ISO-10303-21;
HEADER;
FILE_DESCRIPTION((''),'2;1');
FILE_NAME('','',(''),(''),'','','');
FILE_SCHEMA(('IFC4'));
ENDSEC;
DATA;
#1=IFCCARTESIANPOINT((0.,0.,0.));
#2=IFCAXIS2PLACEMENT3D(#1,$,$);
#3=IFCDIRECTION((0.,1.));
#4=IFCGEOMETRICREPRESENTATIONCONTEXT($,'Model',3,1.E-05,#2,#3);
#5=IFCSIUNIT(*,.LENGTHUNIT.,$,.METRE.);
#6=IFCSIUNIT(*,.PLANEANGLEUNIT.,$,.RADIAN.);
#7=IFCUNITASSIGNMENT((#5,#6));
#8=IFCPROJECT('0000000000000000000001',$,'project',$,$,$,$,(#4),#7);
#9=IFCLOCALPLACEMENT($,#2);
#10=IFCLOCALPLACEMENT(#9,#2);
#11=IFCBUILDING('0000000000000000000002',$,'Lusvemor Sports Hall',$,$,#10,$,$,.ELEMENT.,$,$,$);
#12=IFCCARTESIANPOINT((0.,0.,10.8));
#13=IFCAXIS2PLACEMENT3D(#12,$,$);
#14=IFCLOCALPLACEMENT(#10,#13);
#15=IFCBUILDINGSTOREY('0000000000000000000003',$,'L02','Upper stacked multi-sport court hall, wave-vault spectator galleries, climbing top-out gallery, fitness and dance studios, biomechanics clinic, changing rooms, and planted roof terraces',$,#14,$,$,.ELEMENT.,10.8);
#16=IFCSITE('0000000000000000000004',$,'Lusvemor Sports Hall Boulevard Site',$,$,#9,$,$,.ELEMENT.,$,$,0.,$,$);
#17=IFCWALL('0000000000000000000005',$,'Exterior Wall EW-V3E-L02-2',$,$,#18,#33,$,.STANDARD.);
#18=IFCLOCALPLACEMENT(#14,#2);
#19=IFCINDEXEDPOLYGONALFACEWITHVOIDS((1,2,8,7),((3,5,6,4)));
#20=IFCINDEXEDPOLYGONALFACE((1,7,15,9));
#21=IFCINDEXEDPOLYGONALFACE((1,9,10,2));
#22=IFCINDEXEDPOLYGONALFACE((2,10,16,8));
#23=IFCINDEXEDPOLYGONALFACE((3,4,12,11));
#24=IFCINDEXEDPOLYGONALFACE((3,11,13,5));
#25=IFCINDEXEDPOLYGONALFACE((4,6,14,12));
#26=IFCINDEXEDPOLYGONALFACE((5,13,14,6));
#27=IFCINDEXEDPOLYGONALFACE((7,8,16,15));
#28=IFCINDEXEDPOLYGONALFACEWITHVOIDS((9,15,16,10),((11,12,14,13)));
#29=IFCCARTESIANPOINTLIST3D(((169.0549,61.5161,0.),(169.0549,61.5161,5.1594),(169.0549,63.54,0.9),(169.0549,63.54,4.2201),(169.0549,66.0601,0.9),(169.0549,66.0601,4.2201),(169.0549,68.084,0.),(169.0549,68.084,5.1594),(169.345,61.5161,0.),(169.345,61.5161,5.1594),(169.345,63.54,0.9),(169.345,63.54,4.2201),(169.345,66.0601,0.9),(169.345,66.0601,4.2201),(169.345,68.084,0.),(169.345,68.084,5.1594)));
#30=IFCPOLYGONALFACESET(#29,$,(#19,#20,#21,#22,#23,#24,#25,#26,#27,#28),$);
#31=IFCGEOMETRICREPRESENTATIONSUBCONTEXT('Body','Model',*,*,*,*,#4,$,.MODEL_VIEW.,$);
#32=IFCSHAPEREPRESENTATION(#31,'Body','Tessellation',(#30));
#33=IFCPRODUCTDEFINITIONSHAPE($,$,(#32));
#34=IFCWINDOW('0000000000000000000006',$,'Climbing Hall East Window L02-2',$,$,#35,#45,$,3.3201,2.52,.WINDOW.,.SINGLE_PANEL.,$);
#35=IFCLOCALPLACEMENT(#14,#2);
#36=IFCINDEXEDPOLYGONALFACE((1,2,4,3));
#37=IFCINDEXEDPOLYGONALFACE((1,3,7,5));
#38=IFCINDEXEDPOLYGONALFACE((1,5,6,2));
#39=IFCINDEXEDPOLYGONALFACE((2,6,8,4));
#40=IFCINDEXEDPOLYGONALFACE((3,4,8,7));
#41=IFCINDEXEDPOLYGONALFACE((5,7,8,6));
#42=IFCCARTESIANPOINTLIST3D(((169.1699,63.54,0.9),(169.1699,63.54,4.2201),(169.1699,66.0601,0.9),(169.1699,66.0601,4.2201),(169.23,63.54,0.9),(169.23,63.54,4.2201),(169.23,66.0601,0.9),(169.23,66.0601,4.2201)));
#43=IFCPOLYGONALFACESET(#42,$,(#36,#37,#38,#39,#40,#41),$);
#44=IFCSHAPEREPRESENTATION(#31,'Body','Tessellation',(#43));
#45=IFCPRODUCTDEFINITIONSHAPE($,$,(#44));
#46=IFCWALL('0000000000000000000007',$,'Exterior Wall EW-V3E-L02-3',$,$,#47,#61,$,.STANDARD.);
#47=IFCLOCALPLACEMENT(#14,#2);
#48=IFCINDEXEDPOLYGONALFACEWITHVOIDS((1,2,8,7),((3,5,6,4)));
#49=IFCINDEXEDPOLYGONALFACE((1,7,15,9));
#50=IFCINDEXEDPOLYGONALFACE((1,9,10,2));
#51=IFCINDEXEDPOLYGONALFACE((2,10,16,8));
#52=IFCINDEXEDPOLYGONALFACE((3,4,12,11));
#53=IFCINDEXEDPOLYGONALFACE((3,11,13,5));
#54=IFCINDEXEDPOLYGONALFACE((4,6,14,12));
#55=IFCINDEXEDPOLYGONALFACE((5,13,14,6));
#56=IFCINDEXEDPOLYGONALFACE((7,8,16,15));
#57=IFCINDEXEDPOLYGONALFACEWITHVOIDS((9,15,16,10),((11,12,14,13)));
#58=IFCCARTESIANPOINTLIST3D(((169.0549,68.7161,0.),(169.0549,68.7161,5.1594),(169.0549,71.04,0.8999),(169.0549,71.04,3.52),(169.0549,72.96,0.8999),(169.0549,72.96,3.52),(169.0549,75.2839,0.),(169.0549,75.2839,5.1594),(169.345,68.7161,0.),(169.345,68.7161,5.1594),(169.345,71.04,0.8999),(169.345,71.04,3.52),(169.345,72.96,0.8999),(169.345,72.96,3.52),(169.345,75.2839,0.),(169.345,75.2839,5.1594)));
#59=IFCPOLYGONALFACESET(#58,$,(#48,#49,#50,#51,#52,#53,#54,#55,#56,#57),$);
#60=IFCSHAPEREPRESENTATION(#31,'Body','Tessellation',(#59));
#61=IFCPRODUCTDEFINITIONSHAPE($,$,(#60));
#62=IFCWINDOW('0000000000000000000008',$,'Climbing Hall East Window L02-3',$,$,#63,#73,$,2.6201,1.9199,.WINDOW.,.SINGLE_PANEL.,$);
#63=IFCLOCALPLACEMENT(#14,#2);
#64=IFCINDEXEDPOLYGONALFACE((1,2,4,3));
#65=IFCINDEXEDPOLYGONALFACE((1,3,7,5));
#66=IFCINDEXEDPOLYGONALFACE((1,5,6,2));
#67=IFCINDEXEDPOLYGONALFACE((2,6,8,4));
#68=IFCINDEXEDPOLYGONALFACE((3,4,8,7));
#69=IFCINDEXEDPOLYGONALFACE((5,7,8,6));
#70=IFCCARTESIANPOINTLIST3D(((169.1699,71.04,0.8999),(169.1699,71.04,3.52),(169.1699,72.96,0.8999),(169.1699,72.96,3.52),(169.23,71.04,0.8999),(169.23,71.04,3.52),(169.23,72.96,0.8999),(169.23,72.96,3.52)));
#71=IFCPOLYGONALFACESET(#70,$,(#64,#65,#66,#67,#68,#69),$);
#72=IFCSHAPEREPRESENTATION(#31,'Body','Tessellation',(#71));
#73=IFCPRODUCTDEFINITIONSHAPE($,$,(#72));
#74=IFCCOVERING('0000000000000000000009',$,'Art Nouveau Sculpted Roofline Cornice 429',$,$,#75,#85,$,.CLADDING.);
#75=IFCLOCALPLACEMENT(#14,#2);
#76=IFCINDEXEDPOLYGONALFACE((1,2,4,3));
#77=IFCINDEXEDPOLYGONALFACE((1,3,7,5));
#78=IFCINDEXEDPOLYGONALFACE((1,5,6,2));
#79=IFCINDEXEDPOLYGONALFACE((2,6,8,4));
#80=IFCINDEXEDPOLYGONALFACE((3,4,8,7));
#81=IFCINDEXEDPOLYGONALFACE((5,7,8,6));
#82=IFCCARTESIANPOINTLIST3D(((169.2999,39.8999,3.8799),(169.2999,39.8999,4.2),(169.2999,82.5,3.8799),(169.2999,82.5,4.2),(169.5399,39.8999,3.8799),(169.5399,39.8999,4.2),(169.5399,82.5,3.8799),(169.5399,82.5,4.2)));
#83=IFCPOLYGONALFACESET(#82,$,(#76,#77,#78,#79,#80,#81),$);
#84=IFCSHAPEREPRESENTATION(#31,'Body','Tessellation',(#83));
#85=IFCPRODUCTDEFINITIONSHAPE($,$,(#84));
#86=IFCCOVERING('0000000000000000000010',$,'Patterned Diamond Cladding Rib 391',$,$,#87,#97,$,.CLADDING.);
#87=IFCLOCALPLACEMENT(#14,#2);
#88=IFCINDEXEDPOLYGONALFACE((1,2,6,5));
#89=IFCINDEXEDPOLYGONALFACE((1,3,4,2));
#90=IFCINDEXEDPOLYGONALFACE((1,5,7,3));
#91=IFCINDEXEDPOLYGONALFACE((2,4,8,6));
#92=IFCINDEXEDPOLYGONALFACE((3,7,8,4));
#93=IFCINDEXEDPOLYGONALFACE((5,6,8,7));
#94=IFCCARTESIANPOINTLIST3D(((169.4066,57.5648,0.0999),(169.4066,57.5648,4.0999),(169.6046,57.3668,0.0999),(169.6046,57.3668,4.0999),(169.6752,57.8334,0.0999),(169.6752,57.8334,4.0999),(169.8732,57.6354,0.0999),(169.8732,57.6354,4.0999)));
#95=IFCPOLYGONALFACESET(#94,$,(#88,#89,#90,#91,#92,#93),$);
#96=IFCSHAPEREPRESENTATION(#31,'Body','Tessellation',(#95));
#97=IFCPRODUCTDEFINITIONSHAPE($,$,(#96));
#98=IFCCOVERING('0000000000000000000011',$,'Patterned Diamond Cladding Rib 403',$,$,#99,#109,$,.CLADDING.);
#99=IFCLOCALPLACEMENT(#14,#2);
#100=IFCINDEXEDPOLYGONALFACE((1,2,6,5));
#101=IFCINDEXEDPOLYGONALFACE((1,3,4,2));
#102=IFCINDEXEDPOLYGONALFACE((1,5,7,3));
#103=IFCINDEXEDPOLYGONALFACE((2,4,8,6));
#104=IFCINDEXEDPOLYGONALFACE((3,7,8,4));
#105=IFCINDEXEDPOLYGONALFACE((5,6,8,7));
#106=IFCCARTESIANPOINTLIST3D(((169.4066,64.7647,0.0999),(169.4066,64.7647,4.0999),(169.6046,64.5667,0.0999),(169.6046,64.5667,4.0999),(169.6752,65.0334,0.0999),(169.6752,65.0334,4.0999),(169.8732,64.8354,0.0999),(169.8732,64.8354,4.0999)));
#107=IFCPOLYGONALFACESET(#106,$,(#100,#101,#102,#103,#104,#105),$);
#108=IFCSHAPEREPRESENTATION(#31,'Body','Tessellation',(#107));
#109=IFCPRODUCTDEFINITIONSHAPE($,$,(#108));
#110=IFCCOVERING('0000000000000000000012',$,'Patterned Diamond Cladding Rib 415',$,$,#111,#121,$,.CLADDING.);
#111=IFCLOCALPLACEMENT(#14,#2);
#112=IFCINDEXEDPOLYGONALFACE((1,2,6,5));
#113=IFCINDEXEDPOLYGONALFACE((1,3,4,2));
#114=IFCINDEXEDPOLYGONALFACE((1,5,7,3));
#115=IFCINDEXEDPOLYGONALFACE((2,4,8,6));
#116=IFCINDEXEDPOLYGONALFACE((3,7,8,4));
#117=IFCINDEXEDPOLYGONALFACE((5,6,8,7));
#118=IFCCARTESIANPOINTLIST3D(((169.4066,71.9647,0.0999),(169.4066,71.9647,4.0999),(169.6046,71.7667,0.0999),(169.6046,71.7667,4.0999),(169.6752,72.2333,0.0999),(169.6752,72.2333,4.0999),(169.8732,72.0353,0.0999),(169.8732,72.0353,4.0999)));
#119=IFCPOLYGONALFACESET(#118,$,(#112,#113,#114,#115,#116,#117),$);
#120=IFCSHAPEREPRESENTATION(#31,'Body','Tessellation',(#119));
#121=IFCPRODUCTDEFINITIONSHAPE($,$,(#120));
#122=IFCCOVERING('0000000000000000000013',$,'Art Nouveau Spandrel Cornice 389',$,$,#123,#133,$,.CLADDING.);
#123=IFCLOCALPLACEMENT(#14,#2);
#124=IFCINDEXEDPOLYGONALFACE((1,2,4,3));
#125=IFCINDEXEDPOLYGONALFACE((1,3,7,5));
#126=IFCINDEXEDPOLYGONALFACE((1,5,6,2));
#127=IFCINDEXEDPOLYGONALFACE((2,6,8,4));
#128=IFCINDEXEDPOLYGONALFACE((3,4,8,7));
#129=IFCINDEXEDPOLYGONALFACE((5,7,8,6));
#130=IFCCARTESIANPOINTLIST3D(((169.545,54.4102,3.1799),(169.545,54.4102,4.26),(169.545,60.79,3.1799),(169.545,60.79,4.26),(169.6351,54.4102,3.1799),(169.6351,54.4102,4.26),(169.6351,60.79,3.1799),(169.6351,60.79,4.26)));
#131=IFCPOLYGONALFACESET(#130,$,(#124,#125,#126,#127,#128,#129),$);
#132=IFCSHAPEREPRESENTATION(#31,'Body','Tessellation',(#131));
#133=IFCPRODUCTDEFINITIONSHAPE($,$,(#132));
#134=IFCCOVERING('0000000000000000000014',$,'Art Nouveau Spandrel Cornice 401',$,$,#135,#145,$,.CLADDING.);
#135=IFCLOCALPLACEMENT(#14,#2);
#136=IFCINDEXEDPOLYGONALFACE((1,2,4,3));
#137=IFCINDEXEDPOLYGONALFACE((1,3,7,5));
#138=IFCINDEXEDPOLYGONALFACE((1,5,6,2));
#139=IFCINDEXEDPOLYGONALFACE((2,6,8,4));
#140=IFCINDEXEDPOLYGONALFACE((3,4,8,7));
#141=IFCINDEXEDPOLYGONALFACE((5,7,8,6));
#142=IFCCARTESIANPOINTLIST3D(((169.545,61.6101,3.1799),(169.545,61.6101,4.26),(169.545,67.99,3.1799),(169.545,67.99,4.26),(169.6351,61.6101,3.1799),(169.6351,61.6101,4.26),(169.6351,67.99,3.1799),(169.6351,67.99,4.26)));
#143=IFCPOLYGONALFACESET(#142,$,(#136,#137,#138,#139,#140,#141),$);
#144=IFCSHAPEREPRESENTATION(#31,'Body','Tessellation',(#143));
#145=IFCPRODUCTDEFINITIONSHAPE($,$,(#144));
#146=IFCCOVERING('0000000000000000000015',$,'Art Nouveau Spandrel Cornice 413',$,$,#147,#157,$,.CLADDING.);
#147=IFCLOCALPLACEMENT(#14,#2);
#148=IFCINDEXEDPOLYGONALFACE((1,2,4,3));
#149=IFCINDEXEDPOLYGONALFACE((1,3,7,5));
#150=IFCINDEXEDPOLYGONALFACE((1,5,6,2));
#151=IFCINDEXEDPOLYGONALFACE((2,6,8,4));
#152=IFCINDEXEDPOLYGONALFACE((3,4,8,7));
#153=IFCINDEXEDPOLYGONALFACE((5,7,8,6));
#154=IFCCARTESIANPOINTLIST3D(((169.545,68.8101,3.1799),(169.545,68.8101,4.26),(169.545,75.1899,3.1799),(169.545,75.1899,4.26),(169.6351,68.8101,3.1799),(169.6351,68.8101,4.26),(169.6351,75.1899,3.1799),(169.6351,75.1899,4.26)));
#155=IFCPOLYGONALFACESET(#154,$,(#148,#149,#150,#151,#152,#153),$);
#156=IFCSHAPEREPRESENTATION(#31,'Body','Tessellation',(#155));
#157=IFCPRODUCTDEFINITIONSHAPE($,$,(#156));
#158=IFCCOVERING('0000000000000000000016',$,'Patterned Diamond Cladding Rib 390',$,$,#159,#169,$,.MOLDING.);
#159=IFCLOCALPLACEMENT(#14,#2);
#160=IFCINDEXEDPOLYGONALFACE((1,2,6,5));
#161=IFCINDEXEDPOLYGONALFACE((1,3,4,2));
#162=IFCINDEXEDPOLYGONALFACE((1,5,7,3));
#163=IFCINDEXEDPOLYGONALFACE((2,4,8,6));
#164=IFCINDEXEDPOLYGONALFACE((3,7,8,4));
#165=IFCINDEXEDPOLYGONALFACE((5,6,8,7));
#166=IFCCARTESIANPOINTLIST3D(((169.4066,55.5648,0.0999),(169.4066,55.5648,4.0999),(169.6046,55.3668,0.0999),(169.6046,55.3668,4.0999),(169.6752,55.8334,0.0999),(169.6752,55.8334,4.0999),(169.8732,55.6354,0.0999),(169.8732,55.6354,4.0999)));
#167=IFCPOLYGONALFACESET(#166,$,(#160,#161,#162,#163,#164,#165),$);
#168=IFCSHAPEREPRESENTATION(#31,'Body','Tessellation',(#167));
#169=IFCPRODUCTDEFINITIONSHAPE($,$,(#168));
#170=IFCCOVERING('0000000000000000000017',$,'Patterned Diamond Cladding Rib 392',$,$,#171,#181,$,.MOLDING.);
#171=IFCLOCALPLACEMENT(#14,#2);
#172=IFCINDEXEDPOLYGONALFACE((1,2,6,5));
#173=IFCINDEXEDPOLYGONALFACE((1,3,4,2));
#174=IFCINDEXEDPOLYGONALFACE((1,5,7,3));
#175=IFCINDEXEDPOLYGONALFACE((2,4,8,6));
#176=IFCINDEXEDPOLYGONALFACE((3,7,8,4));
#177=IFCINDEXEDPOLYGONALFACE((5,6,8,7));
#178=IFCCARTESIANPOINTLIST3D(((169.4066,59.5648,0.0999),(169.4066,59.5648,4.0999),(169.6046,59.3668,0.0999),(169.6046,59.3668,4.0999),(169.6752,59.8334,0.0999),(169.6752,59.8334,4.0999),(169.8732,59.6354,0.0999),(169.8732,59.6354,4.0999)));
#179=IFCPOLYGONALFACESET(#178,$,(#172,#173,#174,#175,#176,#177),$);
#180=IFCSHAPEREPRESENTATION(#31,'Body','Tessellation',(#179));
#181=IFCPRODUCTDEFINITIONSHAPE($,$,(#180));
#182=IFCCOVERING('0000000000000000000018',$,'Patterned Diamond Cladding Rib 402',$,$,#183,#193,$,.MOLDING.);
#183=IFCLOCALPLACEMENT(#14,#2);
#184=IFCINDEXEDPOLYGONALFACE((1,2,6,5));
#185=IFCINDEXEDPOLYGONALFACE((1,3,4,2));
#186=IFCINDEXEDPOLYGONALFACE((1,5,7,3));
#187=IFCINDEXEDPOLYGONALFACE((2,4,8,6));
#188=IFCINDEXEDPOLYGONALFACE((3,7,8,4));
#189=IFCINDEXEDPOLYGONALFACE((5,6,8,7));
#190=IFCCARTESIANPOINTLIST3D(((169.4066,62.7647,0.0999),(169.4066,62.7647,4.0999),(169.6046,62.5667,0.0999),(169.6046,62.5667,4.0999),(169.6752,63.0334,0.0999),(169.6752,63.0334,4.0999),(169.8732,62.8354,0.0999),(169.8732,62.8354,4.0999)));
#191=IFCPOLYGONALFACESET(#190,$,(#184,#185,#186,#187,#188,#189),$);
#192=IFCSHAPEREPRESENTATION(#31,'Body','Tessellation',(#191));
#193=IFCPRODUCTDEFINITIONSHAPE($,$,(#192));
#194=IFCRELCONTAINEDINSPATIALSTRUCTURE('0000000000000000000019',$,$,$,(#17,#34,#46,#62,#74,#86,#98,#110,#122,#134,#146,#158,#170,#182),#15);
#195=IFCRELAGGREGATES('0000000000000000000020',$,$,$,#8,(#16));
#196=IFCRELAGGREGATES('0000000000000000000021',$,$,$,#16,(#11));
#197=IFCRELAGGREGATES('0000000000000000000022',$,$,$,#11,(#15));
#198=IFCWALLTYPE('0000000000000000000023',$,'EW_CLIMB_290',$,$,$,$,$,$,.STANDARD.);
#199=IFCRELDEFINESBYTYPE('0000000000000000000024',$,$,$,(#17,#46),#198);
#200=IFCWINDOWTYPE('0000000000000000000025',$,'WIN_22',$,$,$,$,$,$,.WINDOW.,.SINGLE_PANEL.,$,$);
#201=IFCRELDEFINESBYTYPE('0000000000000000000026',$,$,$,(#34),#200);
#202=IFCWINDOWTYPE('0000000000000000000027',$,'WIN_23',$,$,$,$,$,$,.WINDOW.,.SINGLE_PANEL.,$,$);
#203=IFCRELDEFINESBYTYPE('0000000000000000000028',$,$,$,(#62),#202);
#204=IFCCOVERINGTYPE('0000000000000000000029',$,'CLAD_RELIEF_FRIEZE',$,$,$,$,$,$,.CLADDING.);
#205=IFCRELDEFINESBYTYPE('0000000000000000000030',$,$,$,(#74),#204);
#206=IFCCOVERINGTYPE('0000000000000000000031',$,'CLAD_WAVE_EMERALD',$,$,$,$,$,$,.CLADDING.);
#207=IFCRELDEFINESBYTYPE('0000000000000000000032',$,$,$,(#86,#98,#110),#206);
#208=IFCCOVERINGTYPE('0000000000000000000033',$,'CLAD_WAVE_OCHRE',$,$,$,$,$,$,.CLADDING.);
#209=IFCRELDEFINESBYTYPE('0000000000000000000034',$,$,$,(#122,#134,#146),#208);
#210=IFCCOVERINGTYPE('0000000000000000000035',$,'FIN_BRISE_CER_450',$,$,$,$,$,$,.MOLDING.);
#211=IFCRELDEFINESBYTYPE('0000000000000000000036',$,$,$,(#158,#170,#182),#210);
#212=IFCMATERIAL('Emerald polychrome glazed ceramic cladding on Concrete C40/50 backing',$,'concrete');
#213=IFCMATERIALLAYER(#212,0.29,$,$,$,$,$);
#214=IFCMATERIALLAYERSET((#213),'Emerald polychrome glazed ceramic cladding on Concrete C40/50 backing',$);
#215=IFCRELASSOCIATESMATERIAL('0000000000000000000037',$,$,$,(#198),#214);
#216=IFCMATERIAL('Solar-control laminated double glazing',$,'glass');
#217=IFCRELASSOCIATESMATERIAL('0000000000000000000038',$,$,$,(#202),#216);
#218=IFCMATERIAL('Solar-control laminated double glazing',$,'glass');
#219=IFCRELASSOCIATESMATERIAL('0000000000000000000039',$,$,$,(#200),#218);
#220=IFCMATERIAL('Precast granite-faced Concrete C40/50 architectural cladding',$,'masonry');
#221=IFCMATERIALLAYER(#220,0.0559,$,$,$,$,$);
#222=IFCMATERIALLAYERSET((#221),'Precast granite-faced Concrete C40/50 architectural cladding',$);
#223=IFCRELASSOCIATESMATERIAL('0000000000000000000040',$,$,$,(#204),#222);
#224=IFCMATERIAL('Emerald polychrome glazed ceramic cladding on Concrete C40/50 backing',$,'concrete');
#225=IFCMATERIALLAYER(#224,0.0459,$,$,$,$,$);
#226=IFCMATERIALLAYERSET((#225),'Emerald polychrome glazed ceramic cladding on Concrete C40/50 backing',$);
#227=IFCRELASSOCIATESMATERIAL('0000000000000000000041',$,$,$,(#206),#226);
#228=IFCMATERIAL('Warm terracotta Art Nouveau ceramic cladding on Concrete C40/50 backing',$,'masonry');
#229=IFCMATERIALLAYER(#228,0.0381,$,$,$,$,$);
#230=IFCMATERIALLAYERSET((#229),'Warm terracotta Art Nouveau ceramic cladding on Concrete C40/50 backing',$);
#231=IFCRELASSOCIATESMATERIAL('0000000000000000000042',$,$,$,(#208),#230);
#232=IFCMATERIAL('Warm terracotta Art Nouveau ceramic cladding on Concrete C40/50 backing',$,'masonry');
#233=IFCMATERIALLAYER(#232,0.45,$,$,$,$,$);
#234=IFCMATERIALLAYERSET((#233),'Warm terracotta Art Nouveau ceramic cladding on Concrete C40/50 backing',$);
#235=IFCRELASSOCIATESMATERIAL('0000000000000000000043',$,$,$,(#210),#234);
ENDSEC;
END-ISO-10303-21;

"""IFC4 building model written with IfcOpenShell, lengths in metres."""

from ifc_helpers import new_model, si_unit, direction, frame, frame_2d, origin, origin_2d, place, context, subcontext, project, spatial, rectangle, extrude, material, layer, layer_set, type_object, element, fill, save


model = new_model("IFC4")

# Units and contexts
model_context = context("Model", 3, precision=1e-05, world=origin(), true_north=direction((0.0, 1.0)))
body_context = subcontext(model_context, "Body", "Model", "MODEL_VIEW")
ifc_project = project(units=[si_unit("LENGTHUNIT", "METRE"), si_unit("PLANEANGLEUNIT", "RADIAN")], contexts=[model_context])

# Site, building, storey
site_placement = place(None, origin())
site = spatial("IfcSite", under=ifc_project, at=site_placement, Name="Lusvemor Sports Hall Boulevard Site", CompositionType="ELEMENT", RefElevation=0.0)
building_placement = place(site_placement, origin())
building = spatial("IfcBuilding", under=site, at=building_placement, Name="Lusvemor Sports Hall", CompositionType="ELEMENT")
storey_placement = place(building_placement, frame((0.0, 0.0, 10.8)))
storey = spatial("IfcBuildingStorey", under=building, at=storey_placement, Name="L02", Description="Upper stacked multi-sport court hall, wave-vault spectator galleries, climbing top-out gallery, fitness and dance studios, biomechanics clinic, changing rooms, and planted roof terraces", CompositionType="ELEMENT", Elevation=10.8)

# Walls, openings, windows
ifc_material_1 = material(Name="Emerald polychrome glazed ceramic cladding on Concrete C40/50 backing", Category="concrete")
ifc_layer_1 = layer(ifc_material_1, 0.29)
ifc_layer_set_1 = layer_set([ifc_layer_1], Name="Emerald polychrome glazed ceramic cladding on Concrete C40/50 backing")
wall_type = type_object("IfcWallType", Name="EW_CLIMB_290", PredefinedType="STANDARD", material=ifc_layer_set_1)
ifc_material_2 = material(Name="Solar-control laminated double glazing", Category="glass")
window_type_1 = type_object("IfcWindowType", Name="WIN_23", PartitioningType="SINGLE_PANEL", PredefinedType="WINDOW", material=ifc_material_2)
wall_1_placement = place(storey_placement, frame((169.2, 68.084, 0.0), z_axis=(0.0, 0.0, 1.0), x_axis=(0.0, -1.0, 0.0)))
wall_1 = element("IfcWall", 1, at=wall_1_placement, inside=storey, type_object=wall_type, Name="Exterior Wall EW-V3E-L02-2", PredefinedType="STANDARD", context=body_context, shape_type="SweptSolid", body=[
    extrude(rectangle(XDim=6.5679, YDim=0.29, at=frame_2d((3.2839, 0.0))), origin(), (0.0, 0.0, 1.0), 5.1594),
])
opening_1_placement = place(wall_1_placement, frame((2.0239, 0.0, 0.8999)))
opening_1 = element("IfcOpeningElement", 2, at=opening_1_placement, cuts=wall_1, PredefinedType="OPENING", context=body_context, shape_type="SweptSolid", body=[
    extrude(rectangle(XDim=2.52, YDim=3.3201, at=frame_2d((1.26, 1.6602))), frame((0.0, 0.145, 0.0), z_axis=(0.0, -1.0, 0.0), x_axis=(1.0, 0.0, 0.0)), (0.0, 0.0, 1.0), 0.29),
])
ifc_material_3 = material(Name="Solar-control laminated double glazing", Category="glass")
window_type_2 = type_object("IfcWindowType", Name="WIN_22", PartitioningType="SINGLE_PANEL", PredefinedType="WINDOW", material=ifc_material_3)
window_1_placement = place(opening_1_placement, origin())
window_1 = element("IfcWindow", 3, at=window_1_placement, inside=storey, type_object=window_type_2, Name="Climbing Hall East Window L02-2", OverallHeight=3.3201, OverallWidth=2.52, PartitioningType="SINGLE_PANEL", PredefinedType="WINDOW", context=body_context, shape_type="SweptSolid", body=[
    extrude(rectangle(XDim=2.52, YDim=3.3201, at=frame_2d((1.26, 1.6602))), frame((0.0, 0.03, 0.0), z_axis=(0.0, -1.0, 0.0), x_axis=(1.0, 0.0, 0.0)), (0.0, 0.0, 1.0), 0.0601),
])
fill(opening_1, window_1)
wall_2_placement = place(storey_placement, frame((169.2, 75.2839, 0.0), z_axis=(0.0, 0.0, 1.0), x_axis=(0.0, -1.0, 0.0)))
wall_2 = element("IfcWall", 4, at=wall_2_placement, inside=storey, type_object=wall_type, Name="Exterior Wall EW-V3E-L02-3", PredefinedType="STANDARD", context=body_context, shape_type="SweptSolid", body=[
    extrude(rectangle(XDim=6.5679, YDim=0.29, at=frame_2d((3.2839, 0.0))), origin(), (0.0, 0.0, 1.0), 5.1594),
])
opening_2_placement = place(wall_2_placement, frame((2.324, 0.0, 0.8999)))
opening_2 = element("IfcOpeningElement", 5, at=opening_2_placement, cuts=wall_2, PredefinedType="OPENING", context=body_context, shape_type="SweptSolid", body=[
    extrude(rectangle(XDim=1.9199, YDim=2.6201, at=frame_2d((0.96, 1.3101))), frame((0.0, 0.145, 0.0), z_axis=(0.0, -1.0, 0.0), x_axis=(1.0, 0.0, 0.0)), (0.0, 0.0, 1.0), 0.29),
])
window_2_placement = place(opening_2_placement, origin())
window_2 = element("IfcWindow", 6, at=window_2_placement, inside=storey, type_object=window_type_1, Name="Climbing Hall East Window L02-3", OverallHeight=2.6201, OverallWidth=1.9199, PartitioningType="SINGLE_PANEL", PredefinedType="WINDOW", context=body_context, shape_type="SweptSolid", body=[
    extrude(rectangle(XDim=1.9199, YDim=2.6201, at=frame_2d((0.96, 1.3101))), frame((0.0, 0.03, 0.0), z_axis=(0.0, -1.0, 0.0), x_axis=(1.0, 0.0, 0.0)), (0.0, 0.0, 1.0), 0.0601),
])
fill(opening_2, window_2)

# Coverings
ifc_material_4 = material(Name="Precast granite-faced Concrete C40/50 architectural cladding", Category="masonry")
ifc_layer_2 = layer(ifc_material_4, 0.0559)
ifc_layer_set_2 = layer_set([ifc_layer_2], Name="Precast granite-faced Concrete C40/50 architectural cladding")
covering_type_1 = type_object("IfcCoveringType", Name="CLAD_RELIEF_FRIEZE", PredefinedType="CLADDING", material=ifc_layer_set_2)
covering_placement = place(storey_placement, frame((169.4199, 61.2, 3.8799), z_axis=(0.0, 0.0, 1.0), x_axis=(1.0, 0.0, 0.0)))
element("IfcCovering", 7, at=covering_placement, inside=storey, type_object=covering_type_1, Name="Art Nouveau Sculpted Roofline Cornice 429", PredefinedType="CLADDING", context=body_context, shape_type="SweptSolid", body=[
    extrude(rectangle(XDim=0.24, YDim=42.6001, at=origin_2d()), origin(), (0.0, 0.0, 1.0), 0.3201),
])
ifc_material_5 = material(Name="Emerald polychrome glazed ceramic cladding on Concrete C40/50 backing", Category="concrete")
ifc_layer_3 = layer(ifc_material_5, 0.0459)
ifc_layer_set_3 = layer_set([ifc_layer_3], Name="Emerald polychrome glazed ceramic cladding on Concrete C40/50 backing")
covering_type_2 = type_object("IfcCoveringType", Name="CLAD_WAVE_EMERALD", PredefinedType="CLADDING", material=ifc_layer_set_3)
for number, where, z_axis, x_axis, name in (
    (8, (169.6399, 57.6001, 0.0999), (0.0, 0.0, 1.0), (0.707107, 0.707107, 0.0), "Patterned Diamond Cladding Rib 391"),
    (9, (169.6399, 64.8, 0.0999), (0.0, 0.0, 1.0), (0.707107, 0.707107, 0.0), "Patterned Diamond Cladding Rib 403"),
    (10, (169.6399, 72.0, 0.0999), (0.0, 0.0, 1.0), (0.707107, 0.707107, 0.0), "Patterned Diamond Cladding Rib 415"),
):
    element("IfcCovering", number, at=place(storey_placement, frame(where, z_axis=z_axis, x_axis=x_axis)), inside=storey, type_object=covering_type_2, Name=name, PredefinedType="CLADDING", context=body_context, shape_type="SweptSolid", body=[
        extrude(rectangle(XDim=0.3799, YDim=0.28, at=origin_2d()), origin(), (0.0, 0.0, 1.0), 4.0),
    ])
ifc_material_6 = material(Name="Warm terracotta Art Nouveau ceramic cladding on Concrete C40/50 backing", Category="masonry")
ifc_layer_4 = layer(ifc_material_6, 0.0381)
ifc_layer_set_4 = layer_set([ifc_layer_4], Name="Warm terracotta Art Nouveau ceramic cladding on Concrete C40/50 backing")
covering_type_3 = type_object("IfcCoveringType", Name="CLAD_WAVE_OCHRE", PredefinedType="CLADDING", material=ifc_layer_set_4)
for number, where, z_axis, x_axis, name in (
    (11, (169.5901, 57.6001, 3.1799), (0.0, 0.0, 1.0), (1.0, 0.0, 0.0), "Art Nouveau Spandrel Cornice 389"),
    (12, (169.5901, 64.8, 3.1799), (0.0, 0.0, 1.0), (1.0, 0.0, 0.0), "Art Nouveau Spandrel Cornice 401"),
    (13, (169.5901, 72.0, 3.1799), (0.0, 0.0, 1.0), (1.0, 0.0, 0.0), "Art Nouveau Spandrel Cornice 413"),
):
    element("IfcCovering", number, at=place(storey_placement, frame(where, z_axis=z_axis, x_axis=x_axis)), inside=storey, type_object=covering_type_3, Name=name, PredefinedType="CLADDING", context=body_context, shape_type="SweptSolid", body=[
        extrude(rectangle(XDim=0.0901, YDim=6.3799, at=origin_2d()), origin(), (0.0, 0.0, 1.0), 1.0801),
    ])
ifc_material_7 = material(Name="Warm terracotta Art Nouveau ceramic cladding on Concrete C40/50 backing", Category="masonry")
ifc_layer_5 = layer(ifc_material_7, 0.45)
ifc_layer_set_5 = layer_set([ifc_layer_5], Name="Warm terracotta Art Nouveau ceramic cladding on Concrete C40/50 backing")
covering_type_4 = type_object("IfcCoveringType", Name="FIN_BRISE_CER_450", PredefinedType="MOLDING", material=ifc_layer_set_5)
for number, where, z_axis, x_axis, name in (
    (14, (169.6399, 55.6001, 0.0999), (0.0, 0.0, 1.0), (0.707107, 0.707107, 0.0), "Patterned Diamond Cladding Rib 390"),
    (15, (169.6399, 59.6001, 0.0999), (0.0, 0.0, 1.0), (0.707107, 0.707107, 0.0), "Patterned Diamond Cladding Rib 392"),
    (16, (169.6399, 62.8, 0.0999), (0.0, 0.0, 1.0), (0.707107, 0.707107, 0.0), "Patterned Diamond Cladding Rib 402"),
):
    element("IfcCovering", number, at=place(storey_placement, frame(where, z_axis=z_axis, x_axis=x_axis)), inside=storey, type_object=covering_type_4, Name=name, PredefinedType="MOLDING", context=body_context, shape_type="SweptSolid", body=[
        extrude(rectangle(XDim=0.3799, YDim=0.28, at=origin_2d()), origin(), (0.0, 0.0, 1.0), 4.0),
    ])

save(model, "model.ifc")
